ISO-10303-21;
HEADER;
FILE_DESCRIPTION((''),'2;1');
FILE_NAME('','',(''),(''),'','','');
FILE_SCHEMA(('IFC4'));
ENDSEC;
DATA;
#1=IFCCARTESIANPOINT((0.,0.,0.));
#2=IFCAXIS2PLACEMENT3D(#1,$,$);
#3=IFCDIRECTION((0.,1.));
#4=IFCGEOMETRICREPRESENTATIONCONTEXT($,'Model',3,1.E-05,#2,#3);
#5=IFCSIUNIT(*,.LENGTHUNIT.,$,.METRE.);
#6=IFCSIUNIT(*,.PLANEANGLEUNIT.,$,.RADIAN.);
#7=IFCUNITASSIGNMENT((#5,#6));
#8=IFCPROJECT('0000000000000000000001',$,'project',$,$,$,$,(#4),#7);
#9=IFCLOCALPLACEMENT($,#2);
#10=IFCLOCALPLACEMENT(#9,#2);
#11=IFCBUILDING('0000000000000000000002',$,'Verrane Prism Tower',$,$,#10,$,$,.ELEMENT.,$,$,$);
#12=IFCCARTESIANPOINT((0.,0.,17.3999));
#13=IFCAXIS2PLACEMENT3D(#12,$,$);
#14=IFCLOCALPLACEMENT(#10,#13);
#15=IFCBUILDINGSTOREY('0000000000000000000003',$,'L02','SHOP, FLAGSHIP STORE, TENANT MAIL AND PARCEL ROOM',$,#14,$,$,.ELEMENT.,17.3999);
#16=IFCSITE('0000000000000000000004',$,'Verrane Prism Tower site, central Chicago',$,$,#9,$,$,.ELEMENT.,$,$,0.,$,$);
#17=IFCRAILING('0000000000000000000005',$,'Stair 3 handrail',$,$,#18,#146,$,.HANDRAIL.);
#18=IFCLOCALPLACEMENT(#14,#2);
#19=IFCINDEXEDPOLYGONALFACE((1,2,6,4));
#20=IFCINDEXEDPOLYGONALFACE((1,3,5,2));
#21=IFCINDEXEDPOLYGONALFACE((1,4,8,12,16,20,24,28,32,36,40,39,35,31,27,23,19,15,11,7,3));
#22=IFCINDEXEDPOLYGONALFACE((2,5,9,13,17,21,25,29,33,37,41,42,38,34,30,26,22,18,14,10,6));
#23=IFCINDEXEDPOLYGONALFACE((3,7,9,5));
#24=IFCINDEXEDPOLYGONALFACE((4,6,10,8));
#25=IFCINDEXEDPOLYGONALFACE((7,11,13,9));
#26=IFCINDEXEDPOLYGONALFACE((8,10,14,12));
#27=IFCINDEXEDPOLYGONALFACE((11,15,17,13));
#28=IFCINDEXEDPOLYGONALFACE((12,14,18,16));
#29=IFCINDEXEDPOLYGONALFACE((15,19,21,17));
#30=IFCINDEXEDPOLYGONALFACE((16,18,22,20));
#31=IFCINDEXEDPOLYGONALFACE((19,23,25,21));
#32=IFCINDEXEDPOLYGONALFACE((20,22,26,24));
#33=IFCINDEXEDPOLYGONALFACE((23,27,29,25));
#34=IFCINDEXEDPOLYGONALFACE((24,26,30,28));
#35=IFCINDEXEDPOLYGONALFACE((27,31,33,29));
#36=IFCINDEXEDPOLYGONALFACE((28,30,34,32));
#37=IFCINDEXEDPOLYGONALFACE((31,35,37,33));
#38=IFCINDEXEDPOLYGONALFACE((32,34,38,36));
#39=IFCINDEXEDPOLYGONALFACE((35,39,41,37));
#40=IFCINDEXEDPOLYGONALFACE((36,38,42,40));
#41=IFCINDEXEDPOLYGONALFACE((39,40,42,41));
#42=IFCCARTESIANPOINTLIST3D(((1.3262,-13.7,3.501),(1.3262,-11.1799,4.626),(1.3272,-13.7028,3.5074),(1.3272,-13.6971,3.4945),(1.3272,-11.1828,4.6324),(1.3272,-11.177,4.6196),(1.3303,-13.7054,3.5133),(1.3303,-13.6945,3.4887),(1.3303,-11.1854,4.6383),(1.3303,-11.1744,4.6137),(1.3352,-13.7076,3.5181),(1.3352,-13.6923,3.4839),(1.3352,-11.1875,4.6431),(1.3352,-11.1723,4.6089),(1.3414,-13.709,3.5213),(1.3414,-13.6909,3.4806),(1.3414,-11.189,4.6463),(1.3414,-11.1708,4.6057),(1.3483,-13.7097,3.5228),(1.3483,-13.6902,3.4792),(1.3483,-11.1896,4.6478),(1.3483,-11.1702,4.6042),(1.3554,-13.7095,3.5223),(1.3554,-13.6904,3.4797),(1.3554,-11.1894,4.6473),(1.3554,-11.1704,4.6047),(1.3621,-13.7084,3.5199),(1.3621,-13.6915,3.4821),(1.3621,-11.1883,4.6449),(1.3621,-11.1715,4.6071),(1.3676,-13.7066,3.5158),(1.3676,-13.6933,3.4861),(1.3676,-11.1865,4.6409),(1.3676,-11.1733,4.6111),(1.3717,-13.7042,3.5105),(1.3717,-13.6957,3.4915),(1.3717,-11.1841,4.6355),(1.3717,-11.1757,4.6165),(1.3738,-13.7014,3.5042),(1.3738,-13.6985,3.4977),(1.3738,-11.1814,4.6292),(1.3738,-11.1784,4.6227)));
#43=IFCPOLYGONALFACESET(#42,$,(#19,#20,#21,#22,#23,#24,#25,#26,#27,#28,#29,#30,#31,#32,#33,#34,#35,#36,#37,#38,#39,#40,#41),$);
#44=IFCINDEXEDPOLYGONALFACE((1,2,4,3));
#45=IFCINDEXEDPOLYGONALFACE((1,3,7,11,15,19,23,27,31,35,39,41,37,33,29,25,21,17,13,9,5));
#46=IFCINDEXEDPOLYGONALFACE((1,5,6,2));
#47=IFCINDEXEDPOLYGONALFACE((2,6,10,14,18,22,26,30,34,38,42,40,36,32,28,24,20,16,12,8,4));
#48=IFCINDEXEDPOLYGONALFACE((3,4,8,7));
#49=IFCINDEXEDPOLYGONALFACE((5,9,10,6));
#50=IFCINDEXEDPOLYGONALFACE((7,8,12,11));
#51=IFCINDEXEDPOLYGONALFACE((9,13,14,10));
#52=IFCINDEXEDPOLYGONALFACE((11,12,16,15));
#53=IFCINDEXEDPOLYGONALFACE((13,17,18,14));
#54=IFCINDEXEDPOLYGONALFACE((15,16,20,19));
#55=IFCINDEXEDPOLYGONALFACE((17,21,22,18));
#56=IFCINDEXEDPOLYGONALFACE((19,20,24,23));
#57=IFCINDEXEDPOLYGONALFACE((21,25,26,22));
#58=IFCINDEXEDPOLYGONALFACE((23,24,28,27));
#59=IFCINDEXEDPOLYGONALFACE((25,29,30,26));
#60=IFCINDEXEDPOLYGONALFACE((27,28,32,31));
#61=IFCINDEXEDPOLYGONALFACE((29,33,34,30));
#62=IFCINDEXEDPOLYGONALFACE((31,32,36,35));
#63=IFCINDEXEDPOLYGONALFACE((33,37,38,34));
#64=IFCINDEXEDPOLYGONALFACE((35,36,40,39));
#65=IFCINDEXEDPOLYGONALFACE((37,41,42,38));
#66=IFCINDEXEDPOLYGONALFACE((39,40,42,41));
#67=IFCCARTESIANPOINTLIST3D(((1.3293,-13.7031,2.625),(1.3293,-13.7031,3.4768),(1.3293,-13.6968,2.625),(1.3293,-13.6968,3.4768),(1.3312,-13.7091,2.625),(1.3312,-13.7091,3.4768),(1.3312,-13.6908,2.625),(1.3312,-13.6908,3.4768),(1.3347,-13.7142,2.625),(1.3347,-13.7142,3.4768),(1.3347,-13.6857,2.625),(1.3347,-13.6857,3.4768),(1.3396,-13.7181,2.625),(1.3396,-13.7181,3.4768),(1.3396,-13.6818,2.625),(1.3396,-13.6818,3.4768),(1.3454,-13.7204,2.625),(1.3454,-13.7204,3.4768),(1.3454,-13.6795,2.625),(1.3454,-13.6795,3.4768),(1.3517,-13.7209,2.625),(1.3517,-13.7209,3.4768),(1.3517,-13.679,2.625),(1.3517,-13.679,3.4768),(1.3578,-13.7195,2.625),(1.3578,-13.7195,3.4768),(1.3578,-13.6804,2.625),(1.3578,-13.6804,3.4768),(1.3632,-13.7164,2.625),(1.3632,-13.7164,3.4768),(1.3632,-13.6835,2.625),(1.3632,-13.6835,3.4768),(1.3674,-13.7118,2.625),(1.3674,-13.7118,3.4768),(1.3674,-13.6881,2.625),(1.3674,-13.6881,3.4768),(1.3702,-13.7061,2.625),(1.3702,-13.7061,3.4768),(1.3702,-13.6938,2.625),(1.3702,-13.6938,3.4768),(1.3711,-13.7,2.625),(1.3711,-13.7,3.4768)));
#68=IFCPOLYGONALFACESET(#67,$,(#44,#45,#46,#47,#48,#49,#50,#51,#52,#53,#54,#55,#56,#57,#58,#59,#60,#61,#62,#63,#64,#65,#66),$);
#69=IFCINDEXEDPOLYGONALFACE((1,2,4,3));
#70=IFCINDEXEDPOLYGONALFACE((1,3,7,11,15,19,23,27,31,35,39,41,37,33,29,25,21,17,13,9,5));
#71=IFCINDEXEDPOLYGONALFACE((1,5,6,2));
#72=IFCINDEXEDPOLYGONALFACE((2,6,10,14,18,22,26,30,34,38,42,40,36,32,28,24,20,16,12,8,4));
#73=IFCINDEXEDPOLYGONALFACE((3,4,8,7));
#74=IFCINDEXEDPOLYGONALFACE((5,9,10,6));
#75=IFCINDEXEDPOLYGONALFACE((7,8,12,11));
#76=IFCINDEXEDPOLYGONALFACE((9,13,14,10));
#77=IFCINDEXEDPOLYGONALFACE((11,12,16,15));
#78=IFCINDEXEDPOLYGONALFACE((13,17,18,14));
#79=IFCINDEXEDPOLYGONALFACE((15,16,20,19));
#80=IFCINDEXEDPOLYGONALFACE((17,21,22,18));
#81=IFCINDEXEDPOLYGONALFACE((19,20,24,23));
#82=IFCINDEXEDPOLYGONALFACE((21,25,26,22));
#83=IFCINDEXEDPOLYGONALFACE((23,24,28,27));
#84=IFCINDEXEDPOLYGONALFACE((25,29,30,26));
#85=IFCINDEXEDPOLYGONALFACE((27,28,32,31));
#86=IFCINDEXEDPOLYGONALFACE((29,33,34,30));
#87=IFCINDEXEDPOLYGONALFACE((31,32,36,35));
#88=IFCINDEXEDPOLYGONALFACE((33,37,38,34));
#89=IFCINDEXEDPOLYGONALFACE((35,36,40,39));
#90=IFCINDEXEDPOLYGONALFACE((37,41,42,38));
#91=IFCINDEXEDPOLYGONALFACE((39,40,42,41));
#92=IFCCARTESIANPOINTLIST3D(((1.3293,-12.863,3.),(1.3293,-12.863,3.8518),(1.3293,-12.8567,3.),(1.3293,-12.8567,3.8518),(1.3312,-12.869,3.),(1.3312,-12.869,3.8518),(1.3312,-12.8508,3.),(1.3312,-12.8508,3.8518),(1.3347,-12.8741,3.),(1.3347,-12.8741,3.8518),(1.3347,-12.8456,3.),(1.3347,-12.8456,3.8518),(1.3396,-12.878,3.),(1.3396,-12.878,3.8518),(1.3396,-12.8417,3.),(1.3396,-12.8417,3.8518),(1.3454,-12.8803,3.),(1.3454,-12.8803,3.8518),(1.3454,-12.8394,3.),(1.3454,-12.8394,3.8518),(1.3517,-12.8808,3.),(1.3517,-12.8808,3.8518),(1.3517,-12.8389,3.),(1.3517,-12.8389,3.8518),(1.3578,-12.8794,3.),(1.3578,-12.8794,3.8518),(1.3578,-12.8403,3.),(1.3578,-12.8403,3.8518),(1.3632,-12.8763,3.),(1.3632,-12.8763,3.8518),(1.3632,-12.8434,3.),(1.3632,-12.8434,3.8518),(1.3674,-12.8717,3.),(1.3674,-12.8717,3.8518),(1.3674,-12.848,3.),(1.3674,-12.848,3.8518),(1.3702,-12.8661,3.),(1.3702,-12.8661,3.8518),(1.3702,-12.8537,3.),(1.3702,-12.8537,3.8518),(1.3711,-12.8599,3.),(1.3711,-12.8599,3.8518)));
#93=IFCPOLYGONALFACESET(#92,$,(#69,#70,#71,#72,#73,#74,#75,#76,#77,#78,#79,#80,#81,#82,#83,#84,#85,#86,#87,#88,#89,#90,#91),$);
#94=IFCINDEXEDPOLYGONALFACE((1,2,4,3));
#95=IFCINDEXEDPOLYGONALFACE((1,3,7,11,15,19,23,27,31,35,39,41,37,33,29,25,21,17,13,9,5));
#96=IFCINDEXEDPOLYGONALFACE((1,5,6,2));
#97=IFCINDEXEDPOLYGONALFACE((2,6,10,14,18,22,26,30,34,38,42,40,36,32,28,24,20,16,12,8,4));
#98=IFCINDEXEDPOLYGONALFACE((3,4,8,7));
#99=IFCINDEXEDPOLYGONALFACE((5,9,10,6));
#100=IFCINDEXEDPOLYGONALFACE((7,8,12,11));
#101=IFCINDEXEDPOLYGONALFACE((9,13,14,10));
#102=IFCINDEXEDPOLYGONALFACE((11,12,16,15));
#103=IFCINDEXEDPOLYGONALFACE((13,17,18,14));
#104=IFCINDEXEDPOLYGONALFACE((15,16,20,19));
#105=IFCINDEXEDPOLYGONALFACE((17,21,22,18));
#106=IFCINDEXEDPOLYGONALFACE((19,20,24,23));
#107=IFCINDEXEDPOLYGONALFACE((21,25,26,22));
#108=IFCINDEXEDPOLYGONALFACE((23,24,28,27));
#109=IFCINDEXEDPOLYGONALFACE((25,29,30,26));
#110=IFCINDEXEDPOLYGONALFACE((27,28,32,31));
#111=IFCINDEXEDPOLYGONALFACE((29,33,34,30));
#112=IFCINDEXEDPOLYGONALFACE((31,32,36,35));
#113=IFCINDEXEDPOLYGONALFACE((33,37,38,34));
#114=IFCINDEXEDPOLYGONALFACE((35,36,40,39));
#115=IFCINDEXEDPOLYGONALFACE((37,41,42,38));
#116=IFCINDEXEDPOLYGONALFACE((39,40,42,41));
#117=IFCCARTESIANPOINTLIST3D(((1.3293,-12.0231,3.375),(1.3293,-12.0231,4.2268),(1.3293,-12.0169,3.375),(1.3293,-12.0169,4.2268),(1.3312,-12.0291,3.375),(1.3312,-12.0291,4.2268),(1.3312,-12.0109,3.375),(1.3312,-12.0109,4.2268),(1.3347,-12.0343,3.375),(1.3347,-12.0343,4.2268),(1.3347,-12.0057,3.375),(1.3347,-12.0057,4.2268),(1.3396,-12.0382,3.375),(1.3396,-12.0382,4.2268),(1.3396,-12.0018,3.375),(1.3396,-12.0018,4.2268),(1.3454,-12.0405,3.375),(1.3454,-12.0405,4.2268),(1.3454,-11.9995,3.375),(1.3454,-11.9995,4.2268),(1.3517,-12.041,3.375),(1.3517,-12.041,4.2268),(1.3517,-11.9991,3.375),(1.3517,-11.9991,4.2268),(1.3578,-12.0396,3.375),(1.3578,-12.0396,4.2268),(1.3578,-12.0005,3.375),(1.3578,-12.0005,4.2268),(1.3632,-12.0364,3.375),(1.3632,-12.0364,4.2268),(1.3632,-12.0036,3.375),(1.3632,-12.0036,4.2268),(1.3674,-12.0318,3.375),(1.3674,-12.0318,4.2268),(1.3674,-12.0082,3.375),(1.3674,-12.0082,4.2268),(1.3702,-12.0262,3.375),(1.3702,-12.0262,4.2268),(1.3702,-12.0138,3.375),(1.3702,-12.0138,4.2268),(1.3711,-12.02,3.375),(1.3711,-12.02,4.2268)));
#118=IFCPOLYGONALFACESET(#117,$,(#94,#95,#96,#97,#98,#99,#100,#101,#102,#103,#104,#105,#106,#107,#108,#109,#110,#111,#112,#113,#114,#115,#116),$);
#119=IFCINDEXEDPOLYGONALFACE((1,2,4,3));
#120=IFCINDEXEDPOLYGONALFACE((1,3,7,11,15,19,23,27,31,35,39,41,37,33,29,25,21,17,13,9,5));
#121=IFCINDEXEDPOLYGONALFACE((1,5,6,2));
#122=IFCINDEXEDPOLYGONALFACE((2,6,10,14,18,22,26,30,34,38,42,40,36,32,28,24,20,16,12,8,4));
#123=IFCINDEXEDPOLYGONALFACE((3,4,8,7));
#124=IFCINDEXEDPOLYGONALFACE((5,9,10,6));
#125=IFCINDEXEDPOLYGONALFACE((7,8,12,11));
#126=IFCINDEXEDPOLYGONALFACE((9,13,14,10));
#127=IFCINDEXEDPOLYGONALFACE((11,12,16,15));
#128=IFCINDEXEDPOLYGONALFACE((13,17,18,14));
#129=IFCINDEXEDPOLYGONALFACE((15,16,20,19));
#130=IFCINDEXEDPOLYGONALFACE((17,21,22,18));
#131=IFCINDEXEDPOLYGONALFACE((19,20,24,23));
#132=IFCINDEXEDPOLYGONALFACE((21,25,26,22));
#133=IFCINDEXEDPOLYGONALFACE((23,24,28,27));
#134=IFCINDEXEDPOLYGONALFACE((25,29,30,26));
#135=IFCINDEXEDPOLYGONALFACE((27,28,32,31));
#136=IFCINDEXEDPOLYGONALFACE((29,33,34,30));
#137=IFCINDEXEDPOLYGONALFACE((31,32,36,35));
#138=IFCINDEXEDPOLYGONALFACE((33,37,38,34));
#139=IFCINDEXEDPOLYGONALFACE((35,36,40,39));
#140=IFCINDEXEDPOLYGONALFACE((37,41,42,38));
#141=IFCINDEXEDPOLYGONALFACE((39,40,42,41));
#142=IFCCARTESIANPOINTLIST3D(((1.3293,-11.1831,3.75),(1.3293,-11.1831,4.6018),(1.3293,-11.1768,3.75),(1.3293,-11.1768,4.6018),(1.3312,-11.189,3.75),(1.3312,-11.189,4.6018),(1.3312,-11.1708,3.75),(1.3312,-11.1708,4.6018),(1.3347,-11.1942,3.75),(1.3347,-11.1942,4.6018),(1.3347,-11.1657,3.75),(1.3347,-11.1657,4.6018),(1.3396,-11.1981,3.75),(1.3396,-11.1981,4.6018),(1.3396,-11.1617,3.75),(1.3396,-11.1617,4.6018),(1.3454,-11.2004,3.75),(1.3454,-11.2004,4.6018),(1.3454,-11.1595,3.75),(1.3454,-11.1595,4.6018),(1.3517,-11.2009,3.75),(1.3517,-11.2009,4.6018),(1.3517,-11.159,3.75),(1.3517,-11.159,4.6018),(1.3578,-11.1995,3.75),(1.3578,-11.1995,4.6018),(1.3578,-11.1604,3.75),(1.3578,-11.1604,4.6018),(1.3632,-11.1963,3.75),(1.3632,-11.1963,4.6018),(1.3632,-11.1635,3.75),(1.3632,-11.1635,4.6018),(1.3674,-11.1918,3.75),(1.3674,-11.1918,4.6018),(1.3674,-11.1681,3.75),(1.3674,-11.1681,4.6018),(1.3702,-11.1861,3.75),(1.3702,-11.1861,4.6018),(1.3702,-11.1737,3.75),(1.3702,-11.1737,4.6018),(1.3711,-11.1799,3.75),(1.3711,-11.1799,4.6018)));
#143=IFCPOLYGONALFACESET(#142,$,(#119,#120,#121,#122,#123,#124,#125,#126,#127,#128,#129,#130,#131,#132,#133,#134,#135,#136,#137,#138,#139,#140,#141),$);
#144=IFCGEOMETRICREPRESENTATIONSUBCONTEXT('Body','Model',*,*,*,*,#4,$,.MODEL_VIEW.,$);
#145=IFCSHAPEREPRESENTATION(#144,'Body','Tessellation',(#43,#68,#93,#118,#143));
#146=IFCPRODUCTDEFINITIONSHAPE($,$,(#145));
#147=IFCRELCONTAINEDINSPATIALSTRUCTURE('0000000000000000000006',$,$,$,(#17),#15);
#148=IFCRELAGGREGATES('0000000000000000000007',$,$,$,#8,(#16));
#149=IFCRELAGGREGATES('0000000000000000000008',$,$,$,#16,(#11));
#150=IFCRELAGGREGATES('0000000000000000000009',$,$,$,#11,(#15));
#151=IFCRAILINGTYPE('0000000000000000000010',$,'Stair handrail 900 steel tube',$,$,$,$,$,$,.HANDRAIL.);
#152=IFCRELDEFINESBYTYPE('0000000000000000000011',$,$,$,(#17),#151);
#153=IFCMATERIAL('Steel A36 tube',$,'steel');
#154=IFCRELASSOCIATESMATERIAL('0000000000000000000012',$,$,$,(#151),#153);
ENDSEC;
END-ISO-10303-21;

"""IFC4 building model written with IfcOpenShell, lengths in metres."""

from ifc_helpers import new_model, si_unit, direction, frame, origin, origin_2d, place, context, subcontext, project, spatial, circle, extrude, material, type_object, element, save


model = new_model("IFC4")

# Units and contexts
model_context = context("Model", 3, precision=1e-05, world=origin(), true_north=direction((0.0, 1.0)))
body_context = subcontext(model_context, "Body", "Model", "MODEL_VIEW")
ifc_project = project(units=[si_unit("LENGTHUNIT", "METRE"), si_unit("PLANEANGLEUNIT", "RADIAN")], contexts=[model_context])

# Site, building, storey
site_placement = place(None, origin())
site = spatial("IfcSite", under=ifc_project, at=site_placement, Name="Verrane Prism Tower site, central Chicago", CompositionType="ELEMENT", RefElevation=0.0)
building_placement = place(site_placement, origin())
building = spatial("IfcBuilding", under=site, at=building_placement, Name="Verrane Prism Tower", CompositionType="ELEMENT")
storey_placement = place(building_placement, frame((0.0, 0.0, 17.3999)))
storey = spatial("IfcBuildingStorey", under=building, at=storey_placement, Name="L02", Description="SHOP, FLAGSHIP STORE, TENANT MAIL AND PARCEL ROOM", CompositionType="ELEMENT", Elevation=17.3999)

# Railing
ifc_material_1 = material(Name="Steel A36 tube", Category="steel")
railing_type_1 = type_object("IfcRailingType", Name="Stair handrail 900 steel tube", PredefinedType="HANDRAIL", material=ifc_material_1)
for number, where, name in (
    (1, (1.3501, -13.7, 2.625), "Stair 3 handrail"),
):
    element("IfcRailing", number, at=place(storey_placement, frame(where)), inside=storey, type_object=railing_type_1, Name=name, PredefinedType="HANDRAIL", context=body_context, shape_type="SweptSolid", body=[
        extrude(circle(Radius=0.0239, at=origin_2d()), frame((0.0, 0.0, 0.876), z_axis=(0.0, 0.913139, 0.407648), x_axis=(-1.0, 0.0, 0.0)), (0.0, 0.0, 1.0), 2.7598),
        extrude(circle(Radius=0.021, at=origin_2d()), origin(), (0.0, 0.0, 1.0), 0.8518),
        extrude(circle(Radius=0.021, at=origin_2d()), frame((0.0, 0.8401, 0.375)), (0.0, 0.0, 1.0), 0.8518),
        extrude(circle(Radius=0.021, at=origin_2d()), frame((0.0, 1.6799, 0.75)), (0.0, 0.0, 1.0), 0.8518),
        extrude(circle(Radius=0.021, at=origin_2d()), frame((0.0, 2.52, 1.125)), (0.0, 0.0, 1.0), 0.8518),
    ])

save(model, "model.ifc")
